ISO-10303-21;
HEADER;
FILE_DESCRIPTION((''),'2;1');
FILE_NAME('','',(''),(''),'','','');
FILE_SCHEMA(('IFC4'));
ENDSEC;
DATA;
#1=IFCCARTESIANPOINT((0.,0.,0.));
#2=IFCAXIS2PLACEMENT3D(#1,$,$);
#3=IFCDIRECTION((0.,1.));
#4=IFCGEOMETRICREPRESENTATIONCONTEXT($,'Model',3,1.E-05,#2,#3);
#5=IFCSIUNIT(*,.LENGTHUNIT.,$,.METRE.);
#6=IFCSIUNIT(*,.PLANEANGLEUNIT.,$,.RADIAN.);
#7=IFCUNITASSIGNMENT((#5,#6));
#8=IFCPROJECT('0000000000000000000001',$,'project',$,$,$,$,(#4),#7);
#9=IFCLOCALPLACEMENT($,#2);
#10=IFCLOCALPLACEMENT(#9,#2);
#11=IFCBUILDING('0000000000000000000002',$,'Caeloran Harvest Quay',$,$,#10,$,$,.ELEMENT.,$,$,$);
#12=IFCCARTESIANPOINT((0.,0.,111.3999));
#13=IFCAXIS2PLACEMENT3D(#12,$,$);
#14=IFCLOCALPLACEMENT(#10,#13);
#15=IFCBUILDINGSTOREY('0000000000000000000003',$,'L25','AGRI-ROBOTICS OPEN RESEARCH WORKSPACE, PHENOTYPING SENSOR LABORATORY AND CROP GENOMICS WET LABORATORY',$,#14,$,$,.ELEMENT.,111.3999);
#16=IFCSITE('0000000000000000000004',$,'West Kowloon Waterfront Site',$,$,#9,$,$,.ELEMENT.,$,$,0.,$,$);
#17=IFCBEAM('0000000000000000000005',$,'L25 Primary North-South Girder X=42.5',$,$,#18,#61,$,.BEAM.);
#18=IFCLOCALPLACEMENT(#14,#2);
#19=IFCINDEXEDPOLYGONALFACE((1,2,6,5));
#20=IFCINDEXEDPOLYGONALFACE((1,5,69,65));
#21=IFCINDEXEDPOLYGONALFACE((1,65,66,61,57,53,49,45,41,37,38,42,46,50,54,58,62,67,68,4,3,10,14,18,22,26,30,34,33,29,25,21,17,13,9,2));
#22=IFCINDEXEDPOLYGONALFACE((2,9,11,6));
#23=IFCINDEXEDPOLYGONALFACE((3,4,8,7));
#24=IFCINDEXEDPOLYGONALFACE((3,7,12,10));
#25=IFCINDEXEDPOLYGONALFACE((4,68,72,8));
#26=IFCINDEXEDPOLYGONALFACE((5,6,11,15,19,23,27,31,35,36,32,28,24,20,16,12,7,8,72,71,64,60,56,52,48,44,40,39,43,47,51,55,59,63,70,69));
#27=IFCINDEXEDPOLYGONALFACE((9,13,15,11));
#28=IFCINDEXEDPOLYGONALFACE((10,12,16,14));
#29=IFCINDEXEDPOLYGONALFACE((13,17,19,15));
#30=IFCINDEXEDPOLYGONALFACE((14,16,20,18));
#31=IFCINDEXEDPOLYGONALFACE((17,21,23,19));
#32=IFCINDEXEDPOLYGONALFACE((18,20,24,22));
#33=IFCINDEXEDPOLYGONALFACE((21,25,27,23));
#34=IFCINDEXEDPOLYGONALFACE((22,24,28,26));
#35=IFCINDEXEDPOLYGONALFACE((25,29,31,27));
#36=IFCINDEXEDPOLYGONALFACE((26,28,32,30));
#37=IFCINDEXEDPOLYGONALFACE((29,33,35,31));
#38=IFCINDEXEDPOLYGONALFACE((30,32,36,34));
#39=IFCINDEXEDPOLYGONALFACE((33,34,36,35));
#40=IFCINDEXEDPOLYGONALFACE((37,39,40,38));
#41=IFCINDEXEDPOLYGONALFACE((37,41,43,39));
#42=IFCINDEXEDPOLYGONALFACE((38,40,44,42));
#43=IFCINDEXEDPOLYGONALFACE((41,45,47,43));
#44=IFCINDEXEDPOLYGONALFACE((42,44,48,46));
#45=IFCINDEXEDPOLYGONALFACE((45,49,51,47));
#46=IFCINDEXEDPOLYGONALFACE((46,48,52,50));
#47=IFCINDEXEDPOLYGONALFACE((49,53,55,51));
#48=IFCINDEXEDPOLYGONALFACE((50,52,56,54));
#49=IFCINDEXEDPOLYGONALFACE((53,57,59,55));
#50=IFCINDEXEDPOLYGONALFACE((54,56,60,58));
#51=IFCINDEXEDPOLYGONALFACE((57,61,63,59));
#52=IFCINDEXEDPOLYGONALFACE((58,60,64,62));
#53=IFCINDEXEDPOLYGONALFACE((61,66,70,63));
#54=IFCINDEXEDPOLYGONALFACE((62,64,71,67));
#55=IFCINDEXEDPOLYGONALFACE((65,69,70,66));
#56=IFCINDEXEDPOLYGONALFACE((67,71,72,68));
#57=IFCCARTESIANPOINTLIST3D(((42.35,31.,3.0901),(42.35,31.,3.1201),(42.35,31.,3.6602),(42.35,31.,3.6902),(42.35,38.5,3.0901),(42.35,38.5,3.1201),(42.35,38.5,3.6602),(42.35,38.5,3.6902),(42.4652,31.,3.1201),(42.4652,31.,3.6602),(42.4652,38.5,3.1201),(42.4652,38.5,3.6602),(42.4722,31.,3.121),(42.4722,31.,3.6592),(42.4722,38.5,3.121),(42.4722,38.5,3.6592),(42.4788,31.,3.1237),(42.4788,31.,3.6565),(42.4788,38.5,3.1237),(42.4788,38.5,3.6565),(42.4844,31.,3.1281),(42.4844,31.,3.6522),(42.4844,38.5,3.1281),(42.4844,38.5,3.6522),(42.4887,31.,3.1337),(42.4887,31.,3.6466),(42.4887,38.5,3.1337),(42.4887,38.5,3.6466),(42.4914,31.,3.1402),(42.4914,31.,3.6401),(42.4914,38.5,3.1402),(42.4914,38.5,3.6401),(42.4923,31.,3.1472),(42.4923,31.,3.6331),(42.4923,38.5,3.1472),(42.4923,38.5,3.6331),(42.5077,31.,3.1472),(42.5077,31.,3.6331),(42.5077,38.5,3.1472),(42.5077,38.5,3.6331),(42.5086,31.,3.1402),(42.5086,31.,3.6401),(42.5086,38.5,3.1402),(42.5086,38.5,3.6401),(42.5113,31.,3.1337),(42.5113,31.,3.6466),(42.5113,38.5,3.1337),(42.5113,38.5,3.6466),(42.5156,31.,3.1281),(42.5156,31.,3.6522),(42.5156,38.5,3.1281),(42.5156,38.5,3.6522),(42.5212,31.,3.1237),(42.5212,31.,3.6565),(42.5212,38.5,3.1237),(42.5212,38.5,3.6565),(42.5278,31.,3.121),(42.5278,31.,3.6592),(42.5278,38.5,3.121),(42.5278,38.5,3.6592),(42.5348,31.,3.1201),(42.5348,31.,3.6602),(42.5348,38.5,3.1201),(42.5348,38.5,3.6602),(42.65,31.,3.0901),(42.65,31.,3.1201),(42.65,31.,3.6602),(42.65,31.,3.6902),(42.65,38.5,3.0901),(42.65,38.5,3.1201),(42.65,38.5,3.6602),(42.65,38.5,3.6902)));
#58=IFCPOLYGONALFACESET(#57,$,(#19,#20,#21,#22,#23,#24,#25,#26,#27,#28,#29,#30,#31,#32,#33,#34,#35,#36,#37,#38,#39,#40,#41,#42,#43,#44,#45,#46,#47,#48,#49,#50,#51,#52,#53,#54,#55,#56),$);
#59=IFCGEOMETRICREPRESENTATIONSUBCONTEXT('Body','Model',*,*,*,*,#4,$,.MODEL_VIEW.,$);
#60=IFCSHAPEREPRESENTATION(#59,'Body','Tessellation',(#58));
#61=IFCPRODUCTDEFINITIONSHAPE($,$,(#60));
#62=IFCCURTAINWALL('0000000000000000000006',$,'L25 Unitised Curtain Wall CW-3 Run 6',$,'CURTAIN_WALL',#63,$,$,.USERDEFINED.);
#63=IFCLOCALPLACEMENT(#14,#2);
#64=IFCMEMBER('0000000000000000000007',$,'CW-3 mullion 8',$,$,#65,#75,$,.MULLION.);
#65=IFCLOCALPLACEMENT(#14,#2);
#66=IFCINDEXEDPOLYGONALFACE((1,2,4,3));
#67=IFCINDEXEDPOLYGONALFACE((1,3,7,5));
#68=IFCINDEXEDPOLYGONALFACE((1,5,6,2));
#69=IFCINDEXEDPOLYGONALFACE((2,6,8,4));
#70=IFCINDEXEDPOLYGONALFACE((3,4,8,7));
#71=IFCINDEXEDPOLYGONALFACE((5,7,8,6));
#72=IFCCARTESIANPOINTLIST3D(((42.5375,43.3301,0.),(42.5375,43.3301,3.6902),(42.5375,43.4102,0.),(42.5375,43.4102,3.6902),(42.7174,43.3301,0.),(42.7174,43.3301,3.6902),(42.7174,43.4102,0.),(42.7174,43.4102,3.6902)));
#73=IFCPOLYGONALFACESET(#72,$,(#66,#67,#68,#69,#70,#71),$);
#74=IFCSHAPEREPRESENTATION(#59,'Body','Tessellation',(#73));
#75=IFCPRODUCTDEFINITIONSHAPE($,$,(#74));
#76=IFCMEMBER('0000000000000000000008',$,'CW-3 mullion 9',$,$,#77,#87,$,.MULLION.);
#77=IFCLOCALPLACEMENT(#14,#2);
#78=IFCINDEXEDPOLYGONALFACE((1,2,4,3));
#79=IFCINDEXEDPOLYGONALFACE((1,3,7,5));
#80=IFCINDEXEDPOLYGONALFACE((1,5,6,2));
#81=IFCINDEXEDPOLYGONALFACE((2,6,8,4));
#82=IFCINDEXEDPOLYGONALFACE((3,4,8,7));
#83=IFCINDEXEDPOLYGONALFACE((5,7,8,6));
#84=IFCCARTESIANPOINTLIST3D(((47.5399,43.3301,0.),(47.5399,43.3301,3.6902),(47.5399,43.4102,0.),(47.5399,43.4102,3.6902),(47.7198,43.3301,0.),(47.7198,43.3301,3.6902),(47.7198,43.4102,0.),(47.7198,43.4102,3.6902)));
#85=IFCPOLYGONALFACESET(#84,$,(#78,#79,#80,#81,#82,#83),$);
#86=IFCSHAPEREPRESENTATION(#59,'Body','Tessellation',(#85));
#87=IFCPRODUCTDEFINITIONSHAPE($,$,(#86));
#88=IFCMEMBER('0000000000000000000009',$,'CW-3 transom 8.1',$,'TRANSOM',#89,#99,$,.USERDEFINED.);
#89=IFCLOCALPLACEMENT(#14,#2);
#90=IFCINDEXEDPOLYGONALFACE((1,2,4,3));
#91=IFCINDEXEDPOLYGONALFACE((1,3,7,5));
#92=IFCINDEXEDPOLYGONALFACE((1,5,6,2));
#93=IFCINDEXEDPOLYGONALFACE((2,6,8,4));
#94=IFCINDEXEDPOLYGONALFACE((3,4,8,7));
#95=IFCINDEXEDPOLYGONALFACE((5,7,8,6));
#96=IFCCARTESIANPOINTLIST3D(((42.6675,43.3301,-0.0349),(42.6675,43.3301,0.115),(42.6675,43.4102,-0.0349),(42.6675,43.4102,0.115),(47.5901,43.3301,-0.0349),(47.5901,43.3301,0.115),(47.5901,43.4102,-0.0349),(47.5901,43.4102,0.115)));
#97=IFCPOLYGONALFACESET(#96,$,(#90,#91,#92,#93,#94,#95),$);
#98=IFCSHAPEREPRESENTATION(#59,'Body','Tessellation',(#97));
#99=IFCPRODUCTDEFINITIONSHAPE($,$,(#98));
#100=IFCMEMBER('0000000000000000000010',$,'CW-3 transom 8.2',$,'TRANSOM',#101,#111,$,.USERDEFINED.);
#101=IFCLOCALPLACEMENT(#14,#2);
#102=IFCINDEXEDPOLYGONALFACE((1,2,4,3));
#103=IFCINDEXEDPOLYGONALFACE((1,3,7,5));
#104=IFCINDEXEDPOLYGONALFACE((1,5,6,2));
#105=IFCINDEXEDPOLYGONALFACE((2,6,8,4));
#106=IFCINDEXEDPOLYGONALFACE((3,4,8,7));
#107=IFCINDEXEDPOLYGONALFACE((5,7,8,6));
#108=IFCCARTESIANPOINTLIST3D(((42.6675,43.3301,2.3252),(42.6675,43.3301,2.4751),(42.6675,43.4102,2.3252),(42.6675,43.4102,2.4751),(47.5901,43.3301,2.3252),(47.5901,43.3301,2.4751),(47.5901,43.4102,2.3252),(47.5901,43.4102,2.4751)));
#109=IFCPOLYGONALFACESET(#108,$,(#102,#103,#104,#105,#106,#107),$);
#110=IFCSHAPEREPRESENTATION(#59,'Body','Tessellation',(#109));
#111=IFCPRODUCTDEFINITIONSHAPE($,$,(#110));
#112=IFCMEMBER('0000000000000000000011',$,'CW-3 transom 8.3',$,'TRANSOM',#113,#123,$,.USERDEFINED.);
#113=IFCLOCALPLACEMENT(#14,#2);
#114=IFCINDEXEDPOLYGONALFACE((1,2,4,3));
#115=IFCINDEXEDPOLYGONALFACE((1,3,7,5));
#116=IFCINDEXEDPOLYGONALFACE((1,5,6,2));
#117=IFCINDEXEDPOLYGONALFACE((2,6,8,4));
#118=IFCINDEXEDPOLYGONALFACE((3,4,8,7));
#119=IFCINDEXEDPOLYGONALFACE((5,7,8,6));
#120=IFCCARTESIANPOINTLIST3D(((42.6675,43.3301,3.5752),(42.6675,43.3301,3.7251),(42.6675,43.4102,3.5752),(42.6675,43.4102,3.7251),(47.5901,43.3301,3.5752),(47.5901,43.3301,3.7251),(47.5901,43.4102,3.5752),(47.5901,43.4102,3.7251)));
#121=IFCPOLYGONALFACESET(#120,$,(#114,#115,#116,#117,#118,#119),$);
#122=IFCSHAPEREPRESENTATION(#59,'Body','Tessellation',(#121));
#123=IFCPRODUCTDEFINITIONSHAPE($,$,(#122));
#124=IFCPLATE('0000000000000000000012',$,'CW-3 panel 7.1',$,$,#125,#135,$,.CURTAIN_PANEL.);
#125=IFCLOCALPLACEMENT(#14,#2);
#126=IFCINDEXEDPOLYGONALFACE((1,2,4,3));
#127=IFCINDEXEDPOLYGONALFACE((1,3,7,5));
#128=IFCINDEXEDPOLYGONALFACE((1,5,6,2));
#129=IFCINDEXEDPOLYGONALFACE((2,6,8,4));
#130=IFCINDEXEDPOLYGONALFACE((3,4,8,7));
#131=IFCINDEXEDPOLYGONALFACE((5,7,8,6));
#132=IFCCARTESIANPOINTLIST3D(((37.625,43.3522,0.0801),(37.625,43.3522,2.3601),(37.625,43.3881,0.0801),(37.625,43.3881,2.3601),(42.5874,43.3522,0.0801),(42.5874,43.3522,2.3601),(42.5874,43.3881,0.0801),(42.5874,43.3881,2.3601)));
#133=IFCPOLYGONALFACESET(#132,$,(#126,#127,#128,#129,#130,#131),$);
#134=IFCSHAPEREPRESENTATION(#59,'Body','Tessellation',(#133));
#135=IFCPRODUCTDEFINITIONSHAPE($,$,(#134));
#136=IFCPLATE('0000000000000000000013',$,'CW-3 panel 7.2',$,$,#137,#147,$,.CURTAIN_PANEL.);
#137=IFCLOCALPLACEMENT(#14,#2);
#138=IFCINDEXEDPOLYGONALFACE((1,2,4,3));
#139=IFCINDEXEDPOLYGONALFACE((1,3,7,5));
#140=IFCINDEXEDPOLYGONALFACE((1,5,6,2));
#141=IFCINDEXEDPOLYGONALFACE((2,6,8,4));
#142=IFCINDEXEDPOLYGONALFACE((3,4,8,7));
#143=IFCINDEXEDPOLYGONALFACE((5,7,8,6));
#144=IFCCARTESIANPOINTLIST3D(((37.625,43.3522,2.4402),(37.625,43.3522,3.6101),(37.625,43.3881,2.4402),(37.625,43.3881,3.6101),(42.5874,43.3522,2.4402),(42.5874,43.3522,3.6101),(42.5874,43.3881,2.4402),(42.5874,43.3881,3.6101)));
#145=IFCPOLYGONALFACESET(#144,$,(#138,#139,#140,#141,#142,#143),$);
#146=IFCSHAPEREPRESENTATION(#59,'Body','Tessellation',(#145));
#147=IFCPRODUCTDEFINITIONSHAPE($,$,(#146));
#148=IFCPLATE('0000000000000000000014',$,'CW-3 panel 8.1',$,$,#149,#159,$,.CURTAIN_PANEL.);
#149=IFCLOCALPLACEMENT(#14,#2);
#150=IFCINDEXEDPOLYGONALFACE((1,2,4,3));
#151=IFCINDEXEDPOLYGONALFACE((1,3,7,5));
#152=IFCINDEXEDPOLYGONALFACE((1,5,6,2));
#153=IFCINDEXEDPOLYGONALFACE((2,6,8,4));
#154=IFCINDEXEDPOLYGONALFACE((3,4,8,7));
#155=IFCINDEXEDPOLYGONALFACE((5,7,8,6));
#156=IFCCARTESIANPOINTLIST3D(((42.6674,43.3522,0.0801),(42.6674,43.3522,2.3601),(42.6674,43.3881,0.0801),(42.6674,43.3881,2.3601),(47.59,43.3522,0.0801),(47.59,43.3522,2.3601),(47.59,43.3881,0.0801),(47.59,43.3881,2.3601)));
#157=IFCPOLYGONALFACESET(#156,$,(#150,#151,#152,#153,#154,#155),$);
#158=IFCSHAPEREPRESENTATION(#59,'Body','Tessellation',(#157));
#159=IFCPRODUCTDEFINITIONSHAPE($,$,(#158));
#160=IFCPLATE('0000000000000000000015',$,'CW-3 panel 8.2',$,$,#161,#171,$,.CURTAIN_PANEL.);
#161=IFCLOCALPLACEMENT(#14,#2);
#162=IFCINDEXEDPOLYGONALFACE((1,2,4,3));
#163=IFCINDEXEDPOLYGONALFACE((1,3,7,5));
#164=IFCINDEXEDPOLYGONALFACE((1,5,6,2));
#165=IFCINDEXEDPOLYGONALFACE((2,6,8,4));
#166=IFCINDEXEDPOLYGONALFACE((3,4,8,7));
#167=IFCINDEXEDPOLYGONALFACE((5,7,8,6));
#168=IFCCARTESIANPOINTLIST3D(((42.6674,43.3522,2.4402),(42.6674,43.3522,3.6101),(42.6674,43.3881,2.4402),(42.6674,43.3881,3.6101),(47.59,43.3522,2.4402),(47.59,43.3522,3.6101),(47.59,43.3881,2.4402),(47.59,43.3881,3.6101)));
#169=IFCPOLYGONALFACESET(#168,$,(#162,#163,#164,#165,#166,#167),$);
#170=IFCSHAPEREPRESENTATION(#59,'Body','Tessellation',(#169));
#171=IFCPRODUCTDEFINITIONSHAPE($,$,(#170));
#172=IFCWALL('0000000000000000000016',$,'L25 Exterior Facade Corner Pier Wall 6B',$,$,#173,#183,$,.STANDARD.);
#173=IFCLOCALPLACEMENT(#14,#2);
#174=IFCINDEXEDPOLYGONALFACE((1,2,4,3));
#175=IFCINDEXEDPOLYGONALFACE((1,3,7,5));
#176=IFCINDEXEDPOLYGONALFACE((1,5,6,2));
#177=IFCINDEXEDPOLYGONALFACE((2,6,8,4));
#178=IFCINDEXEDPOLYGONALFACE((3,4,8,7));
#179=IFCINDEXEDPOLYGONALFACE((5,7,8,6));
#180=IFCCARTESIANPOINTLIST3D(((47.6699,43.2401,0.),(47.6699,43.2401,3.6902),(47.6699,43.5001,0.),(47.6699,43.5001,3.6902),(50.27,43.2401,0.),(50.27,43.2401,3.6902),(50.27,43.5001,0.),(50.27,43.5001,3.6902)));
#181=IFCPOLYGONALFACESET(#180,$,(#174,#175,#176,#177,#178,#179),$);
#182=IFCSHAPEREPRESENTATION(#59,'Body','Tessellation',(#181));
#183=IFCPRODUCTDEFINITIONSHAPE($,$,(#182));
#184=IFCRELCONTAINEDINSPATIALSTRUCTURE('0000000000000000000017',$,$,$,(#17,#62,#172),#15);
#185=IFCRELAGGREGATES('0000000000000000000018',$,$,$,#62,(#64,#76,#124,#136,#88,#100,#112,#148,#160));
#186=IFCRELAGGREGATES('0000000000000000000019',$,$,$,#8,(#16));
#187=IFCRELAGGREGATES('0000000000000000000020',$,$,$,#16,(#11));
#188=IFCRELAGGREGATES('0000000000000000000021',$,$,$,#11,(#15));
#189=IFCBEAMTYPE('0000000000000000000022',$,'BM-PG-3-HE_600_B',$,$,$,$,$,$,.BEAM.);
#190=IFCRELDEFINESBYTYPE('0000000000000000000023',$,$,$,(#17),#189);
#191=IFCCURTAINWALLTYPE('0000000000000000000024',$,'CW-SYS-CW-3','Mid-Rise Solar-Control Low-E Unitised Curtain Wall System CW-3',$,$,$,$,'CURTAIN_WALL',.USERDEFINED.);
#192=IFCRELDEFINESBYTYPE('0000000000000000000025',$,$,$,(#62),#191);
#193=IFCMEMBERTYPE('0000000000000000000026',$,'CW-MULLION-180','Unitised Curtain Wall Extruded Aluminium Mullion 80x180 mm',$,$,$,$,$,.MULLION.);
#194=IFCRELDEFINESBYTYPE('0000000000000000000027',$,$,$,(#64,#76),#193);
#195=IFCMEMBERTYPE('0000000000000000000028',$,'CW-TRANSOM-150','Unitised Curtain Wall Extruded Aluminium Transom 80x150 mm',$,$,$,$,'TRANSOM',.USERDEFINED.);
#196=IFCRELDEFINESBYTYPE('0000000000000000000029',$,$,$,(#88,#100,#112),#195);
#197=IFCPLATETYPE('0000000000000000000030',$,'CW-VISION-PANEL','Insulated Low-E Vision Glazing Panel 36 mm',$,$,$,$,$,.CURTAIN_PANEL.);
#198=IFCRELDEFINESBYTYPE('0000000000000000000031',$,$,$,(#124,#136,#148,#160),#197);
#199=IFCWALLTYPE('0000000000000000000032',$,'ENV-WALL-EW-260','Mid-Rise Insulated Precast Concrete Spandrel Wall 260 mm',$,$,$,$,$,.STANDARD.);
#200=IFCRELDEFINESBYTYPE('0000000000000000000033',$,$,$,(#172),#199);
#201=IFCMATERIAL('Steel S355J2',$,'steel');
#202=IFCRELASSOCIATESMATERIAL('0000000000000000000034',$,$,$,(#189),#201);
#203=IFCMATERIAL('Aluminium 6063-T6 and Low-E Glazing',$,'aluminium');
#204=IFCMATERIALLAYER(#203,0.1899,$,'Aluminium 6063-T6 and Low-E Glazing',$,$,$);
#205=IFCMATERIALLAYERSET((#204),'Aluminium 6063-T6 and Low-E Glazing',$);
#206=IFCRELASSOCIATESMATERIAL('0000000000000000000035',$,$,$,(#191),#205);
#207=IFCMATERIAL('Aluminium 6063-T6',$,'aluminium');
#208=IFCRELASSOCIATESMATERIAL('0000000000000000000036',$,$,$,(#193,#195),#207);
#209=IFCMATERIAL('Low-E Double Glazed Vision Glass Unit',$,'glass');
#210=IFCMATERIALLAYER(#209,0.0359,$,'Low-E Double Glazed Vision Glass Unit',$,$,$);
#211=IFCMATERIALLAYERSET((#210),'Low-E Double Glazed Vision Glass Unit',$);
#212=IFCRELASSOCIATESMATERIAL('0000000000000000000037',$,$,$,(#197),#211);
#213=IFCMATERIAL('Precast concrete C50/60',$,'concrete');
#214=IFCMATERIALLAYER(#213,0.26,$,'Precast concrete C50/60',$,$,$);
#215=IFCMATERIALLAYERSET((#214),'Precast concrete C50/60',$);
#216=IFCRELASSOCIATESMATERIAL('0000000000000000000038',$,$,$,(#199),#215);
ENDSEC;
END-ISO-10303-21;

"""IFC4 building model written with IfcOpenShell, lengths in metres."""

from ifc_helpers import new_model, si_unit, direction, frame, frame_2d, origin, origin_2d, place, context, subcontext, project, spatial, rectangle, i_section, extrude, material, layer, layer_set, material_profile, profile_set, type_object, element, aggregate, save


model = new_model("IFC4")

# Units and contexts
model_context = context("Model", 3, precision=1e-05, world=origin(), true_north=direction((0.0, 1.0)))
body_context = subcontext(model_context, "Body", "Model", "MODEL_VIEW")
ifc_project = project(units=[si_unit("LENGTHUNIT", "METRE"), si_unit("PLANEANGLEUNIT", "RADIAN")], contexts=[model_context])

# Site, building, storey
site_placement = place(None, origin())
site = spatial("IfcSite", under=ifc_project, at=site_placement, Name="West Kowloon Waterfront Site", CompositionType="ELEMENT", RefElevation=0.0)
building_placement = place(site_placement, origin())
building = spatial("IfcBuilding", under=site, at=building_placement, Name="Caeloran Harvest Quay", CompositionType="ELEMENT")
storey_placement = place(building_placement, frame((0.0, 0.0, 111.3999)))
storey = spatial("IfcBuildingStorey", under=building, at=storey_placement, Name="L25", Description="AGRI-ROBOTICS OPEN RESEARCH WORKSPACE, PHENOTYPING SENSOR LABORATORY AND CROP GENOMICS WET LABORATORY", CompositionType="ELEMENT", Elevation=111.3999)

# Beam
ifc_material_1 = material(Name="Steel S355J2", Category="steel")
ifc_material_profile_1 = material_profile(ifc_material_1, i_section(OverallWidth=0.3, OverallDepth=0.6001, WebThickness=0.0154, FlangeThickness=0.03, FilletRadius=0.0271, at=origin_2d()), Name="HE 600 B")
ifc_profile_set_1 = profile_set([ifc_material_profile_1], Name="Steel S355J2")
beam_type = type_object("IfcBeamType", Name="BM-PG-3-HE_600_B", PredefinedType="BEAM", material=ifc_profile_set_1)
beam_1_placement = place(storey_placement, frame((42.5, 31.0, 3.3901), z_axis=(0.0, 1.0, 0.0), x_axis=(-1.0, 0.0, 0.0)))
element("IfcBeam", 1, at=beam_1_placement, inside=storey, type_object=beam_type, Name="L25 Primary North-South Girder X=42.5", PredefinedType="BEAM", context=body_context, shape_type="SweptSolid", body=[
    extrude(i_section(OverallWidth=0.3, OverallDepth=0.6001, WebThickness=0.0154, FlangeThickness=0.03, FilletRadius=0.0271, at=origin_2d()), origin(), (0.0, 0.0, 1.0), 7.5),
])

# Curtain wall, members, plates
ifc_material_2 = material(Name="Aluminium 6063-T6 and Low-E Glazing", Category="aluminium")
ifc_layer_1 = layer(ifc_material_2, 0.1899, Name="Aluminium 6063-T6 and Low-E Glazing")
ifc_layer_set_1 = layer_set([ifc_layer_1], Name="Aluminium 6063-T6 and Low-E Glazing")
curtain_wall_type = type_object("IfcCurtainWallType", Name="CW-SYS-CW-3", Description="Mid-Rise Solar-Control Low-E Unitised Curtain Wall System CW-3", ElementType="CURTAIN_WALL", PredefinedType="USERDEFINED", material=ifc_layer_set_1)
curtain_wall_placement = place(storey_placement, origin())
curtain_wall = element("IfcCurtainWall", 2, at=curtain_wall_placement, inside=storey, type_object=curtain_wall_type, Name="L25 Unitised Curtain Wall CW-3 Run 6", ObjectType="CURTAIN_WALL", PredefinedType="USERDEFINED")
ifc_material_3 = material(Name="Aluminium 6063-T6", Category="aluminium")
ifc_material_profile_2 = material_profile(ifc_material_3, rectangle(XDim=0.0801, YDim=0.1799, at=origin_2d()), Name="CW-MULLION-180")
ifc_profile_set_2 = profile_set([ifc_material_profile_2], Name="Aluminium 6063-T6")
member_type_1 = type_object("IfcMemberType", Name="CW-MULLION-180", Description="Unitised Curtain Wall Extruded Aluminium Mullion 80x180 mm", PredefinedType="MULLION", material=ifc_profile_set_2)
member_1_placement = place(storey_placement, frame((42.6274, 43.3701, 0.0), z_axis=(0.0, 0.0, 1.0), x_axis=(0.0, 1.0, 0.0)))
member_1 = element("IfcMember", 3, at=member_1_placement, type_object=member_type_1, Name="CW-3 mullion 8", PredefinedType="MULLION", context=body_context, shape_type="SweptSolid", body=[
    extrude(rectangle(XDim=0.0801, YDim=0.1799, at=origin_2d()), origin(), (0.0, 0.0, 1.0), 3.6902),
])
member_2_placement = place(storey_placement, frame((47.6299, 43.3701, 0.0), z_axis=(0.0, 0.0, 1.0), x_axis=(0.0, 1.0, 0.0)))
member_2 = element("IfcMember", 4, at=member_2_placement, type_object=member_type_1, Name="CW-3 mullion 9", PredefinedType="MULLION", context=body_context, shape_type="SweptSolid", body=[
    extrude(rectangle(XDim=0.0801, YDim=0.1799, at=origin_2d()), origin(), (0.0, 0.0, 1.0), 3.6902),
])
ifc_material_profile_3 = material_profile(ifc_material_3, rectangle(XDim=0.0801, YDim=0.1499, at=origin_2d()), Name="CW-TRANSOM-150")
ifc_profile_set_3 = profile_set([ifc_material_profile_3], Name="Aluminium 6063-T6")
member_type_2 = type_object("IfcMemberType", Name="CW-TRANSOM-150", Description="Unitised Curtain Wall Extruded Aluminium Transom 80x150 mm", ElementType="TRANSOM", PredefinedType="USERDEFINED", material=ifc_profile_set_3)
member_3_placement = place(storey_placement, frame((42.6675, 43.3701, 0.04), z_axis=(1.0, 0.0, 0.0), x_axis=(0.0, 1.0, 0.0)))
member_3 = element("IfcMember", 5, at=member_3_placement, type_object=member_type_2, Name="CW-3 transom 8.1", ObjectType="TRANSOM", PredefinedType="USERDEFINED", context=body_context, shape_type="SweptSolid", body=[
    extrude(rectangle(XDim=0.0801, YDim=0.1499, at=origin_2d()), origin(), (0.0, 0.0, 1.0), 4.9226),
])
member_4_placement = place(storey_placement, frame((42.6675, 43.3701, 2.4001), z_axis=(1.0, 0.0, 0.0), x_axis=(0.0, 1.0, 0.0)))
member_4 = element("IfcMember", 6, at=member_4_placement, type_object=member_type_2, Name="CW-3 transom 8.2", ObjectType="TRANSOM", PredefinedType="USERDEFINED", context=body_context, shape_type="SweptSolid", body=[
    extrude(rectangle(XDim=0.0801, YDim=0.1499, at=origin_2d()), origin(), (0.0, 0.0, 1.0), 4.9226),
])
member_5_placement = place(storey_placement, frame((42.6675, 43.3701, 3.6501), z_axis=(1.0, 0.0, 0.0), x_axis=(0.0, 1.0, 0.0)))
member_5 = element("IfcMember", 7, at=member_5_placement, type_object=member_type_2, Name="CW-3 transom 8.3", ObjectType="TRANSOM", PredefinedType="USERDEFINED", context=body_context, shape_type="SweptSolid", body=[
    extrude(rectangle(XDim=0.0801, YDim=0.1499, at=origin_2d()), origin(), (0.0, 0.0, 1.0), 4.9226),
])
ifc_material_4 = material(Name="Low-E Double Glazed Vision Glass Unit", Category="glass")
ifc_layer_2 = layer(ifc_material_4, 0.0359, Name="Low-E Double Glazed Vision Glass Unit")
ifc_layer_set_2 = layer_set([ifc_layer_2], Name="Low-E Double Glazed Vision Glass Unit")
plate_type = type_object("IfcPlateType", Name="CW-VISION-PANEL", Description="Insulated Low-E Vision Glazing Panel 36 mm", PredefinedType="CURTAIN_PANEL", material=ifc_layer_set_2)
plate_1_placement = place(storey_placement, frame((40.1062, 43.3701, 0.0801), z_axis=(0.0, 0.0, 1.0), x_axis=(1.0, 0.0, 0.0)))
plate_1 = element("IfcPlate", 8, at=plate_1_placement, type_object=plate_type, Name="CW-3 panel 7.1", PredefinedType="CURTAIN_PANEL", context=body_context, shape_type="SweptSolid", body=[
    extrude(rectangle(XDim=4.9624, YDim=0.0359, at=origin_2d()), origin(), (0.0, 0.0, 1.0), 2.28),
])
plate_2_placement = place(storey_placement, frame((40.1062, 43.3701, 2.4402), z_axis=(0.0, 0.0, 1.0), x_axis=(1.0, 0.0, 0.0)))
plate_2 = element("IfcPlate", 9, at=plate_2_placement, type_object=plate_type, Name="CW-3 panel 7.2", PredefinedType="CURTAIN_PANEL", context=body_context, shape_type="SweptSolid", body=[
    extrude(rectangle(XDim=4.9624, YDim=0.0359, at=origin_2d()), origin(), (0.0, 0.0, 1.0), 1.1699),
])
plate_3_placement = place(storey_placement, frame((45.1287, 43.3701, 0.0801), z_axis=(0.0, 0.0, 1.0), x_axis=(1.0, 0.0, 0.0)))
plate_3 = element("IfcPlate", 10, at=plate_3_placement, type_object=plate_type, Name="CW-3 panel 8.1", PredefinedType="CURTAIN_PANEL", context=body_context, shape_type="SweptSolid", body=[
    extrude(rectangle(XDim=4.9226, YDim=0.0359, at=origin_2d()), origin(), (0.0, 0.0, 1.0), 2.28),
])
plate_4_placement = place(storey_placement, frame((45.1287, 43.3701, 2.4402), z_axis=(0.0, 0.0, 1.0), x_axis=(1.0, 0.0, 0.0)))
plate_4 = element("IfcPlate", 11, at=plate_4_placement, type_object=plate_type, Name="CW-3 panel 8.2", PredefinedType="CURTAIN_PANEL", context=body_context, shape_type="SweptSolid", body=[
    extrude(rectangle(XDim=4.9226, YDim=0.0359, at=origin_2d()), origin(), (0.0, 0.0, 1.0), 1.1699),
])
aggregate(curtain_wall, [member_1, member_2, plate_1, plate_2, member_3, member_4, member_5, plate_3, plate_4])

# Wall
ifc_material_5 = material(Name="Precast concrete C50/60", Category="concrete")
ifc_layer_3 = layer(ifc_material_5, 0.26, Name="Precast concrete C50/60")
ifc_layer_set_3 = layer_set([ifc_layer_3], Name="Precast concrete C50/60")
wall_type_1 = type_object("IfcWallType", Name="ENV-WALL-EW-260", Description="Mid-Rise Insulated Precast Concrete Spandrel Wall 260 mm", PredefinedType="STANDARD", material=ifc_layer_set_3)
wall_1_placement = place(storey_placement, frame((47.6699, 43.3701, 0.0), z_axis=(0.0, 0.0, 1.0), x_axis=(1.0, 0.0, 0.0)))
element("IfcWall", 12, at=wall_1_placement, inside=storey, type_object=wall_type_1, Name="L25 Exterior Facade Corner Pier Wall 6B", PredefinedType="STANDARD", context=body_context, shape_type="SweptSolid", body=[
    extrude(rectangle(XDim=2.6001, YDim=0.26, at=frame_2d((1.3, 0.0))), origin(), (0.0, 0.0, 1.0), 3.6902),
])

save(model, "model.ifc")
